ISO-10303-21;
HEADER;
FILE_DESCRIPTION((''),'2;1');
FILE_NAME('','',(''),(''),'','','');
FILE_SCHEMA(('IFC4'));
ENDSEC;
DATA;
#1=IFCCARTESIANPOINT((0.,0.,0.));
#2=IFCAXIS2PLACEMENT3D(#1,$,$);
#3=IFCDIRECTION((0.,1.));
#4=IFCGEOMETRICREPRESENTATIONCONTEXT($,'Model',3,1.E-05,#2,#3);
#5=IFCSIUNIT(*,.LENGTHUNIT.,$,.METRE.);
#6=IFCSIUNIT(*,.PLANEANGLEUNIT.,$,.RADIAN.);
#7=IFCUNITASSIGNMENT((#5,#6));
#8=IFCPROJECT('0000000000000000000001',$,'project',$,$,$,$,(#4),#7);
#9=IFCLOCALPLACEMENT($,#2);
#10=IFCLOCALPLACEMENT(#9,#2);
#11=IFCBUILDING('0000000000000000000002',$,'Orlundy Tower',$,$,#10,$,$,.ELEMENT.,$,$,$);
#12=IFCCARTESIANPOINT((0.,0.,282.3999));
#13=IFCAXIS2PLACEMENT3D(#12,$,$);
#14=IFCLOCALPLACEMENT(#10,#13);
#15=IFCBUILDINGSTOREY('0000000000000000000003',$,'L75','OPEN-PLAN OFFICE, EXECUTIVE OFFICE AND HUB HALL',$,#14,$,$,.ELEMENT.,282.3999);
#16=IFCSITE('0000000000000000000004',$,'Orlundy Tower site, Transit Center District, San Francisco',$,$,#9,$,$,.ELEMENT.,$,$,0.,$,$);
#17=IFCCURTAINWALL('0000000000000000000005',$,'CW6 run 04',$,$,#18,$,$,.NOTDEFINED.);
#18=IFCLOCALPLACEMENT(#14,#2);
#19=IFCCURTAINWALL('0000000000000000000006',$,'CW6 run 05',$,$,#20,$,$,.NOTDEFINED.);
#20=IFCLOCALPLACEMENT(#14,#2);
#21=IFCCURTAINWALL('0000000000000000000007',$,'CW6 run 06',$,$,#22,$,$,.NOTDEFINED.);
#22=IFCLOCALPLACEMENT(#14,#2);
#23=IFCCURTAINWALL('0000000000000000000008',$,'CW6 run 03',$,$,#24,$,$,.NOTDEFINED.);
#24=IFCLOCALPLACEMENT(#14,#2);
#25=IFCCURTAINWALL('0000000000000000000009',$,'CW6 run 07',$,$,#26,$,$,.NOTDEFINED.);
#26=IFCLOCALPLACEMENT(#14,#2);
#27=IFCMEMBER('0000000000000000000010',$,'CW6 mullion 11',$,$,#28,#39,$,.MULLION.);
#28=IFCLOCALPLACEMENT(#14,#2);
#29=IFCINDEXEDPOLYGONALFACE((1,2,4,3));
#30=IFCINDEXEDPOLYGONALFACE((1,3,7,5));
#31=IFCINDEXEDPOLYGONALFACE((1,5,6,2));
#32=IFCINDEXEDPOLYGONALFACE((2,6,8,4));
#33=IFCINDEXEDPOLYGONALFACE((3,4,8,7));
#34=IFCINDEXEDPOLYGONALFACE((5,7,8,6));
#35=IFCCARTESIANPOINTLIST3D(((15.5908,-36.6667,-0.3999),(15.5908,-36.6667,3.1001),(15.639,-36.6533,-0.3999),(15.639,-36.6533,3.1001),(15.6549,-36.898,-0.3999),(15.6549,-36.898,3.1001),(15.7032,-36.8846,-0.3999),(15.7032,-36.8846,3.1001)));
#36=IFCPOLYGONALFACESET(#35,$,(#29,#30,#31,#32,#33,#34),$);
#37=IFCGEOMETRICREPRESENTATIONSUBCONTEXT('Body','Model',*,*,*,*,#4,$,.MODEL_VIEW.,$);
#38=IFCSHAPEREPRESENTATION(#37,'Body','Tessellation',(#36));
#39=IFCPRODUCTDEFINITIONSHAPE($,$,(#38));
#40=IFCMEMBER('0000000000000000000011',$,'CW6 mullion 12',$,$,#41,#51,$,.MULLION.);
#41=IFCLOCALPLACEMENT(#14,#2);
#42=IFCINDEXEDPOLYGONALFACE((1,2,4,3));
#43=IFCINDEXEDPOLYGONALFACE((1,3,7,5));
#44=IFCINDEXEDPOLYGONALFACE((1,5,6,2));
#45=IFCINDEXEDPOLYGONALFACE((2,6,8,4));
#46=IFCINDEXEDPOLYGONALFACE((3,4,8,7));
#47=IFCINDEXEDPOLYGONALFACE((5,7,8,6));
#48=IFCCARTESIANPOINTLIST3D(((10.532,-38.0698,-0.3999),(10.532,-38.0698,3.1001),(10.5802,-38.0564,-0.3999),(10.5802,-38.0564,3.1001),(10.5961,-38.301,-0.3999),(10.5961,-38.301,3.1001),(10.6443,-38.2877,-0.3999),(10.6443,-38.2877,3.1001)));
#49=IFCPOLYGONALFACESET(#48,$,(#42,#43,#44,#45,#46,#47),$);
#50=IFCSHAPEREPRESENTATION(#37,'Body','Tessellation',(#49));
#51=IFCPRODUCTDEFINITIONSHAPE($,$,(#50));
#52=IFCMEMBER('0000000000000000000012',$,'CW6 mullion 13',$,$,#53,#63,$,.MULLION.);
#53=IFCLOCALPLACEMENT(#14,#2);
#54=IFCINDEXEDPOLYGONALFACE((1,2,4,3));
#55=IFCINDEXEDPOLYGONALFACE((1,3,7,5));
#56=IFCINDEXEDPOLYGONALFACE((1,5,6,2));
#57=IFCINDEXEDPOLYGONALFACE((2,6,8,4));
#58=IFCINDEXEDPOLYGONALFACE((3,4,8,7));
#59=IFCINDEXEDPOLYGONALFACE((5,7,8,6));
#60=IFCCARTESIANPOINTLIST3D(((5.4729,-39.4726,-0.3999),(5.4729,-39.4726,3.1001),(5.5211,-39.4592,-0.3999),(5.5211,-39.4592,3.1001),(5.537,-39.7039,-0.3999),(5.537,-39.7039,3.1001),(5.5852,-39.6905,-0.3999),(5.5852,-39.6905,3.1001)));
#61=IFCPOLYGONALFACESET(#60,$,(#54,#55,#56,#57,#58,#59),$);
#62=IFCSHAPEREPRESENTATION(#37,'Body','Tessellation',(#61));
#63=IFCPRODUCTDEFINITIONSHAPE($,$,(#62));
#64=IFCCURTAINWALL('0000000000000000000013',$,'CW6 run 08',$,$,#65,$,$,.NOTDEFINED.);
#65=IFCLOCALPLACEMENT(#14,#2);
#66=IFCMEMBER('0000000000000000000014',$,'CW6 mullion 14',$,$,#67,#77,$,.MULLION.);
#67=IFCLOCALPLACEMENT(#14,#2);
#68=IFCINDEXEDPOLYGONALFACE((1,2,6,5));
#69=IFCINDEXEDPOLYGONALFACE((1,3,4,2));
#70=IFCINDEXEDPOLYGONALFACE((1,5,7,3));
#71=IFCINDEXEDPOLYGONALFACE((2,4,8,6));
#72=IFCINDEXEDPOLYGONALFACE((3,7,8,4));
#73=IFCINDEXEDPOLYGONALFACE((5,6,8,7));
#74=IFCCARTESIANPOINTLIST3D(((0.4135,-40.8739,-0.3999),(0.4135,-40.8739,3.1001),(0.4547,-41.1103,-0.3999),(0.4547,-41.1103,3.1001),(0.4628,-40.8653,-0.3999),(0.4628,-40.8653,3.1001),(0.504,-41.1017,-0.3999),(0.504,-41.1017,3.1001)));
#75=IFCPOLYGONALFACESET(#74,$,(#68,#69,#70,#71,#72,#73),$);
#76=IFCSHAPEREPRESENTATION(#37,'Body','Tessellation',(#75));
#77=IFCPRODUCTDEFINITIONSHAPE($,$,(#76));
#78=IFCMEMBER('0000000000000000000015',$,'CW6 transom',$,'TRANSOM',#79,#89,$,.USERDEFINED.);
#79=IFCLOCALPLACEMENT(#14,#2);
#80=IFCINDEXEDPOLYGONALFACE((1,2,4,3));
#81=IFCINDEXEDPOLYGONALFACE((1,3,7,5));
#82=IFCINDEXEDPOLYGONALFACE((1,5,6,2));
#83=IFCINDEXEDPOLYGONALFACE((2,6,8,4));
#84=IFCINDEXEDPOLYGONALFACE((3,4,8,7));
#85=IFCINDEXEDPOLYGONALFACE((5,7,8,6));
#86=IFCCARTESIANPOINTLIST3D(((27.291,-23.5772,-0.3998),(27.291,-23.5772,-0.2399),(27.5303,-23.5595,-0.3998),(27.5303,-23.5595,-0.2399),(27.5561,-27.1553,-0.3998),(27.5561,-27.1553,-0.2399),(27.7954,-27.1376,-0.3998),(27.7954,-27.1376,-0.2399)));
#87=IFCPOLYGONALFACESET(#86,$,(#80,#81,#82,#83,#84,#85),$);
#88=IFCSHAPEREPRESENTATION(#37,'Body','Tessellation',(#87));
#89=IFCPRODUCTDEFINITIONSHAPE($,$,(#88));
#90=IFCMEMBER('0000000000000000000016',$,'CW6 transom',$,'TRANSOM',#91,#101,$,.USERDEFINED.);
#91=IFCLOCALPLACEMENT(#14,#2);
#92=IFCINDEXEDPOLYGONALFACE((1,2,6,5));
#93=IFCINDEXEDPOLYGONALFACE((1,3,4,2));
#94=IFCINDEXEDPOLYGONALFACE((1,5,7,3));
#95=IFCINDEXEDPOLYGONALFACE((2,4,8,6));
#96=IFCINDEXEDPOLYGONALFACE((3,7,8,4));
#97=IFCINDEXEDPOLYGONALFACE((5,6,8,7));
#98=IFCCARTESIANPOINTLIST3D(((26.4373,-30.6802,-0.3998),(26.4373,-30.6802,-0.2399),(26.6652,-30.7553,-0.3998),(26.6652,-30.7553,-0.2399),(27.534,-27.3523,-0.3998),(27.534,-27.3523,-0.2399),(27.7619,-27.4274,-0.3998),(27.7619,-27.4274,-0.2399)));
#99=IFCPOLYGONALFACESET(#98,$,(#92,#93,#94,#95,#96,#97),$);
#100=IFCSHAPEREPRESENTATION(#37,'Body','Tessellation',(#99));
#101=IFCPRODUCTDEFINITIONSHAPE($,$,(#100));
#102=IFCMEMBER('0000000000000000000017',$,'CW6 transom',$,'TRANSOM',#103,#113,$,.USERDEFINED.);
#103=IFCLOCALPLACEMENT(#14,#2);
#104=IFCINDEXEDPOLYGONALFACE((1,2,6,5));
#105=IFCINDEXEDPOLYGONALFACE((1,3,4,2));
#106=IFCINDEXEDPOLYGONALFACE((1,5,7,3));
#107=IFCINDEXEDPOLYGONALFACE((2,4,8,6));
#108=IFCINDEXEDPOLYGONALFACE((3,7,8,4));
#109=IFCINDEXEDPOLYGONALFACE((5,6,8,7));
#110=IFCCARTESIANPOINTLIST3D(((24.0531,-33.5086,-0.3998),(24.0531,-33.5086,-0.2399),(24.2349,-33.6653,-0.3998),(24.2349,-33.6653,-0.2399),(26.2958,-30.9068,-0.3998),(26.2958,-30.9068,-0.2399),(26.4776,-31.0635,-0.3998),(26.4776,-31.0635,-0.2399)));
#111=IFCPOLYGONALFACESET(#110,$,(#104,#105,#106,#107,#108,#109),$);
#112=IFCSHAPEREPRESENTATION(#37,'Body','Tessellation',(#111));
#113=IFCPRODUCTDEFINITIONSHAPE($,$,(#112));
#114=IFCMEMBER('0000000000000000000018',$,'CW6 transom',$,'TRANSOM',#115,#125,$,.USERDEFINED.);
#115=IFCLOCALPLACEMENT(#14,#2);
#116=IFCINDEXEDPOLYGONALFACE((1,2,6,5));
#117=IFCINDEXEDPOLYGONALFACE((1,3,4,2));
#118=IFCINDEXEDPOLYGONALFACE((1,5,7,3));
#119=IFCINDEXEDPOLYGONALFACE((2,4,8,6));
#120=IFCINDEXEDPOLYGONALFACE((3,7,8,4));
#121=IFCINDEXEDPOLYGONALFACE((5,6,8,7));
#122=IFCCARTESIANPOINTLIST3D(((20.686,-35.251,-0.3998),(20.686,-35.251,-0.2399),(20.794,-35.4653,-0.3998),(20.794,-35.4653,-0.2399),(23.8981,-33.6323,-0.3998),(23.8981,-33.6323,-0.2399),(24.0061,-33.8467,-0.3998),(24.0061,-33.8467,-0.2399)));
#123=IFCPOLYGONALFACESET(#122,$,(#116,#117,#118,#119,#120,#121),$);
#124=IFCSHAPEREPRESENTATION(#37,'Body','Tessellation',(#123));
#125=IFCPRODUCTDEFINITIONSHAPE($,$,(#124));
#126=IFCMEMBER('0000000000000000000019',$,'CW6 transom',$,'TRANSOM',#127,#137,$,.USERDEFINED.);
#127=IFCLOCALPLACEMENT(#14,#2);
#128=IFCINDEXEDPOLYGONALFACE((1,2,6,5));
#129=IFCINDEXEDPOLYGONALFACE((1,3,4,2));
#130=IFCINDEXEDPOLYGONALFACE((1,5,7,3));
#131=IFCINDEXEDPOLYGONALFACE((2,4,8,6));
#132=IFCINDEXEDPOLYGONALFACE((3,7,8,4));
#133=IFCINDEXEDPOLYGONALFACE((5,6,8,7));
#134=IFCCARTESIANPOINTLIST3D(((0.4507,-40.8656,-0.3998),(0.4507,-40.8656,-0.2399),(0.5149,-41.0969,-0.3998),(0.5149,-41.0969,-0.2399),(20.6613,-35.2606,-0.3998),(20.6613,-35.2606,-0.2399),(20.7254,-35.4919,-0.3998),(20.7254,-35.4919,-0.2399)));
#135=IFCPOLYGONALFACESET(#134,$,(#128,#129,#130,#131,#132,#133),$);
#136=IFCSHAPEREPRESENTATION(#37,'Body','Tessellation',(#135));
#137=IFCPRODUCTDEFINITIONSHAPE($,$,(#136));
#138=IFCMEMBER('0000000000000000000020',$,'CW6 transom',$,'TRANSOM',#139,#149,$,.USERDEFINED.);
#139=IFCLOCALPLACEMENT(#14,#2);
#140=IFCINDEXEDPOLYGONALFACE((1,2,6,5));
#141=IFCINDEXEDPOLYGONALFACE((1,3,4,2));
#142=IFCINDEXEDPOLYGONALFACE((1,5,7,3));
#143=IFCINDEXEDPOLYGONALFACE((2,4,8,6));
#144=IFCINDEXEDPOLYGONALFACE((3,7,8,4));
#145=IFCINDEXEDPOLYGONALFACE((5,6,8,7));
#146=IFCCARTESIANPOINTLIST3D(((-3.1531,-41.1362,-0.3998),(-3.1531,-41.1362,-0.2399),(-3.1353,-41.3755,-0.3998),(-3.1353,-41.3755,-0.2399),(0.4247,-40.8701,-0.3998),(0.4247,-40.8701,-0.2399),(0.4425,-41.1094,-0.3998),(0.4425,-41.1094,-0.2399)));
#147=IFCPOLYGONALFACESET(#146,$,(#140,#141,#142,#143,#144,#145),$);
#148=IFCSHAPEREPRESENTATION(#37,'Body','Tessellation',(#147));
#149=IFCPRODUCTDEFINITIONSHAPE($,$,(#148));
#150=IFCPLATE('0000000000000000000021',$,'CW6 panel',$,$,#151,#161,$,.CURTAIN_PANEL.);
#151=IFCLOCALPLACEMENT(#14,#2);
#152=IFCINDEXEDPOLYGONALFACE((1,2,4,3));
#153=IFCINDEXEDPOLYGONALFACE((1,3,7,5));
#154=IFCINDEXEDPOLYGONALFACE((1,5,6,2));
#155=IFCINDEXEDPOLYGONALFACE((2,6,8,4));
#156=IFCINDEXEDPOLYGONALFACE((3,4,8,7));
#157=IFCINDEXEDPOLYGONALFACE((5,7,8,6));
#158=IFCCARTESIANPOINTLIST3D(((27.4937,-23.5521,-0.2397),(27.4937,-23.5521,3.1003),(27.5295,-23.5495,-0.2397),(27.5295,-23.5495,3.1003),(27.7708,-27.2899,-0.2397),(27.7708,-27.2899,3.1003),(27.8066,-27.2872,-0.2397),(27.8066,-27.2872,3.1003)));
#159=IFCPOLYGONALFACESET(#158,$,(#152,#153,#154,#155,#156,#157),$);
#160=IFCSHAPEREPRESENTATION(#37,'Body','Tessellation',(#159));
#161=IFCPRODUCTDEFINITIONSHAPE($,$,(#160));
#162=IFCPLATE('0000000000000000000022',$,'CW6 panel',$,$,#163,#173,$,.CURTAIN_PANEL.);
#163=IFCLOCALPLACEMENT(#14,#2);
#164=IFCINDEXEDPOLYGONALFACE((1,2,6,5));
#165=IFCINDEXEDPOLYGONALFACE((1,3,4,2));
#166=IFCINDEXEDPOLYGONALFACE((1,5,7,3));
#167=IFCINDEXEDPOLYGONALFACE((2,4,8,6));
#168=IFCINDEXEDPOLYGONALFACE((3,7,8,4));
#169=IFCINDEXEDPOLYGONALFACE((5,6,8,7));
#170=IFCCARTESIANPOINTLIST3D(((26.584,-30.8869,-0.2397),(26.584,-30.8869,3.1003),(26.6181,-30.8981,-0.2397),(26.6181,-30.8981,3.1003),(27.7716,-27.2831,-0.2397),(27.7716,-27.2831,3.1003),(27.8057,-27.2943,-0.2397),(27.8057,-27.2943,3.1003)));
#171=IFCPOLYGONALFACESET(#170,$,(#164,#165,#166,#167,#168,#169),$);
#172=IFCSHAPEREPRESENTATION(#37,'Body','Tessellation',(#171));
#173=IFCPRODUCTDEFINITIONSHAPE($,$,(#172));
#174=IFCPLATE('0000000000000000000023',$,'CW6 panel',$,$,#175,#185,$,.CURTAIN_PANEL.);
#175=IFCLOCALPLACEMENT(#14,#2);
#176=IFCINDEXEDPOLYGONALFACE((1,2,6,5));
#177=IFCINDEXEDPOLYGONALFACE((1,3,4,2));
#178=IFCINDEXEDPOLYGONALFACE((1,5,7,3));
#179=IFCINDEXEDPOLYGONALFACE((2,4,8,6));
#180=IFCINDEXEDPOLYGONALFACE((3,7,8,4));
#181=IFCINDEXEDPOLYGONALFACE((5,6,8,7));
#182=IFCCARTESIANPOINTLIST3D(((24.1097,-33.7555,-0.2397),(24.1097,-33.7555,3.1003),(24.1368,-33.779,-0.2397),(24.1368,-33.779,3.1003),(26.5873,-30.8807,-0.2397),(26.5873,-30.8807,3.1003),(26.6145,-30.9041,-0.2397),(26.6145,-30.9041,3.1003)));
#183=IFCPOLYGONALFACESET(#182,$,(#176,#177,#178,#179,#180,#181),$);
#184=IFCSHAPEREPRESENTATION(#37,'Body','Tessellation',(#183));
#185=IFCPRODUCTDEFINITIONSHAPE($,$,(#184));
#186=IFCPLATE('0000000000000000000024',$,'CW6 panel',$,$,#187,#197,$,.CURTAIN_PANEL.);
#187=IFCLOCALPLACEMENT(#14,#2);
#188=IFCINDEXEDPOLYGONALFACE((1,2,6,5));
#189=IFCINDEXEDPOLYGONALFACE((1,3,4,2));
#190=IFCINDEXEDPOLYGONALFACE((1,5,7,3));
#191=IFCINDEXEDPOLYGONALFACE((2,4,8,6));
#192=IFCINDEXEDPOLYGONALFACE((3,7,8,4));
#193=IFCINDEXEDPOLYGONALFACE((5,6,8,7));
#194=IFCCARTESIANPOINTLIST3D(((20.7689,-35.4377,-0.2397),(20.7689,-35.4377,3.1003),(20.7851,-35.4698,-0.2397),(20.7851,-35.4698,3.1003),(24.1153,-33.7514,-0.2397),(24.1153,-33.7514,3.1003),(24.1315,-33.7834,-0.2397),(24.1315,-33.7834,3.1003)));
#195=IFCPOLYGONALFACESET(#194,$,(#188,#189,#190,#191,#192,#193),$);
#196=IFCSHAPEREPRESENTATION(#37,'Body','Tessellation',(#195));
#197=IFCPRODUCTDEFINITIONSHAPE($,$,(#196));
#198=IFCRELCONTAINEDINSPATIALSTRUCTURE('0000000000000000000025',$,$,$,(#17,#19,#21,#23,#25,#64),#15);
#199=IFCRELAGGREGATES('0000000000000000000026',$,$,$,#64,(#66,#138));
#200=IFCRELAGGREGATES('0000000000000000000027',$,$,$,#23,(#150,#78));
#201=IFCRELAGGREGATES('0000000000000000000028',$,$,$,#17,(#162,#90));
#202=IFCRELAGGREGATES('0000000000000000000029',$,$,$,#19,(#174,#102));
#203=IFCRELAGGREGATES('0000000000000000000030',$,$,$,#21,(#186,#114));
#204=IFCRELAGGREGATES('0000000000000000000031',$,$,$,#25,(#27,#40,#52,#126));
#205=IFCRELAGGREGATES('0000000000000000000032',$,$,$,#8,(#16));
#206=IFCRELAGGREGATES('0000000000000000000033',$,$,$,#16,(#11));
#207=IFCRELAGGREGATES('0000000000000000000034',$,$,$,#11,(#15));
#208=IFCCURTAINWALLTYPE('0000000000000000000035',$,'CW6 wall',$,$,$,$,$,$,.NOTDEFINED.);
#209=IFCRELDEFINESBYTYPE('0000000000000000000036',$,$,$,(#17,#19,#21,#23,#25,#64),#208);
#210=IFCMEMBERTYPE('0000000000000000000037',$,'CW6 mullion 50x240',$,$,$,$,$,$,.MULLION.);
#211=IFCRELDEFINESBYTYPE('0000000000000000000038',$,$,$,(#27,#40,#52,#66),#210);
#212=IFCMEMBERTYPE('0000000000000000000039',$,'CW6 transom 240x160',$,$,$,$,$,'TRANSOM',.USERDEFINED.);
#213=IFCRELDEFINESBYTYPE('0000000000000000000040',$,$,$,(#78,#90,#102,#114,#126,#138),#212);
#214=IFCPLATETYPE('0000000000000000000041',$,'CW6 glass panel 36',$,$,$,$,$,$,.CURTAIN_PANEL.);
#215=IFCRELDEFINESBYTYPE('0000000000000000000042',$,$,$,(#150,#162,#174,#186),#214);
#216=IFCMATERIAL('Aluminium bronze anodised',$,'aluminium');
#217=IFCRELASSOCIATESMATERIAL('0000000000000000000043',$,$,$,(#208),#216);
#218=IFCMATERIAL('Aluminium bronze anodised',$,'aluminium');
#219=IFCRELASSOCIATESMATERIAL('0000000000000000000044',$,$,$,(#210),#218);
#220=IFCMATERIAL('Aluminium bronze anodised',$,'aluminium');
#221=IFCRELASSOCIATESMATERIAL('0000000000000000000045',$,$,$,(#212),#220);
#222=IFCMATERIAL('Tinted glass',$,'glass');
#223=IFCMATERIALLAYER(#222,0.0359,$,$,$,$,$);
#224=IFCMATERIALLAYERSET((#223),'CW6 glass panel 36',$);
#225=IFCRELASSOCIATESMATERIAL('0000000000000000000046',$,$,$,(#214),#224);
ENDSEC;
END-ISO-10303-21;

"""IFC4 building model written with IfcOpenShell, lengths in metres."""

from ifc_helpers import new_model, si_unit, direction, frame, origin, origin_2d, place, context, subcontext, project, spatial, rectangle, extrude, material, layer, layer_set, material_profile, profile_set, type_object, element, aggregate, save


model = new_model("IFC4")

# Units and contexts
model_context = context("Model", 3, precision=1e-05, world=origin(), true_north=direction((0.0, 1.0)))
body_context = subcontext(model_context, "Body", "Model", "MODEL_VIEW")
ifc_project = project(units=[si_unit("LENGTHUNIT", "METRE"), si_unit("PLANEANGLEUNIT", "RADIAN")], contexts=[model_context])

# Site, building, storey
site_placement = place(None, origin())
site = spatial("IfcSite", under=ifc_project, at=site_placement, Name="Orlundy Tower site, Transit Center District, San Francisco", CompositionType="ELEMENT", RefElevation=0.0)
building_placement = place(site_placement, origin())
building = spatial("IfcBuilding", under=site, at=building_placement, Name="Orlundy Tower", CompositionType="ELEMENT")
storey_placement = place(building_placement, frame((0.0, 0.0, 282.3999)))
storey = spatial("IfcBuildingStorey", under=building, at=storey_placement, Name="L75", Description="OPEN-PLAN OFFICE, EXECUTIVE OFFICE AND HUB HALL", CompositionType="ELEMENT", Elevation=282.3999)

# Curtain walls
ifc_material_1 = material(Name="Aluminium bronze anodised", Category="aluminium")
curtain_wall_type = type_object("IfcCurtainWallType", Name="CW6 wall", PredefinedType="NOTDEFINED", material=ifc_material_1)
curtain_wall_1_placement = place(storey_placement, origin())
curtain_wall_1 = element("IfcCurtainWall", 1, at=curtain_wall_1_placement, inside=storey, type_object=curtain_wall_type, Name="CW6 run 04", PredefinedType="NOTDEFINED")
curtain_wall_2_placement = place(storey_placement, origin())
curtain_wall_2 = element("IfcCurtainWall", 2, at=curtain_wall_2_placement, inside=storey, type_object=curtain_wall_type, Name="CW6 run 05", PredefinedType="NOTDEFINED")
curtain_wall_3_placement = place(storey_placement, origin())
curtain_wall_3 = element("IfcCurtainWall", 3, at=curtain_wall_3_placement, inside=storey, type_object=curtain_wall_type, Name="CW6 run 06", PredefinedType="NOTDEFINED")
curtain_wall_4_placement = place(storey_placement, origin())
curtain_wall_4 = element("IfcCurtainWall", 4, at=curtain_wall_4_placement, inside=storey, type_object=curtain_wall_type, Name="CW6 run 03", PredefinedType="NOTDEFINED")
ifc_material_2 = material(Name="Aluminium bronze anodised", Category="aluminium")
ifc_material_profile_1 = material_profile(ifc_material_2, rectangle(XDim=0.24, YDim=0.05, at=origin_2d()), Name="CW6 mullion 50x240")
ifc_profile_set_1 = profile_set([ifc_material_profile_1], Name="Aluminium bronze anodised")
member_type_1 = type_object("IfcMemberType", Name="CW6 mullion 50x240", PredefinedType="MULLION", material=ifc_profile_set_1)

# Curtain wall, members
curtain_wall_5_placement = place(storey_placement, origin())
curtain_wall_5 = element("IfcCurtainWall", 5, at=curtain_wall_5_placement, inside=storey, type_object=curtain_wall_type, Name="CW6 run 07", PredefinedType="NOTDEFINED")
member_1_placement = place(storey_placement, frame((15.647, -36.7756, -0.3999), z_axis=(0.0, 0.0, 1.0), x_axis=(0.267241, -0.96363, 0.0)))
member_1 = element("IfcMember", 6, at=member_1_placement, type_object=member_type_1, Name="CW6 mullion 11", PredefinedType="MULLION", context=body_context, shape_type="SweptSolid", body=[
    extrude(rectangle(XDim=0.24, YDim=0.05, at=origin_2d()), origin(), (0.0, 0.0, 1.0), 3.5),
])
member_2_placement = place(storey_placement, frame((10.5881, -38.1787, -0.3999), z_axis=(0.0, 0.0, 1.0), x_axis=(0.267241, -0.96363, 0.0)))
member_2 = element("IfcMember", 7, at=member_2_placement, type_object=member_type_1, Name="CW6 mullion 12", PredefinedType="MULLION", context=body_context, shape_type="SweptSolid", body=[
    extrude(rectangle(XDim=0.24, YDim=0.05, at=origin_2d()), origin(), (0.0, 0.0, 1.0), 3.5),
])
member_3_placement = place(storey_placement, frame((5.5291, -39.5815, -0.3999), z_axis=(0.0, 0.0, 1.0), x_axis=(0.267241, -0.96363, 0.0)))
member_3 = element("IfcMember", 8, at=member_3_placement, type_object=member_type_1, Name="CW6 mullion 13", PredefinedType="MULLION", context=body_context, shape_type="SweptSolid", body=[
    extrude(rectangle(XDim=0.24, YDim=0.05, at=origin_2d()), origin(), (0.0, 0.0, 1.0), 3.5),
])

# Curtain wall, member
curtain_wall_6_placement = place(storey_placement, origin())
curtain_wall_6 = element("IfcCurtainWall", 9, at=curtain_wall_6_placement, inside=storey, type_object=curtain_wall_type, Name="CW6 run 08", PredefinedType="NOTDEFINED")
member_4_placement = place(storey_placement, frame((0.4587, -40.9878, -0.3999), z_axis=(0.0, 0.0, 1.0), x_axis=(0.171536, -0.985178, 0.0)))
member_4 = element("IfcMember", 10, at=member_4_placement, type_object=member_type_1, Name="CW6 mullion 14", PredefinedType="MULLION", context=body_context, shape_type="SweptSolid", body=[
    extrude(rectangle(XDim=0.24, YDim=0.05, at=origin_2d()), origin(), (0.0, 0.0, 1.0), 3.5),
])

# Members
ifc_material_3 = material(Name="Aluminium bronze anodised", Category="aluminium")
ifc_material_profile_2 = material_profile(ifc_material_3, rectangle(XDim=0.24, YDim=0.1599, at=origin_2d()), Name="CW6 transom 240x160")
ifc_profile_set_2 = profile_set([ifc_material_profile_2], Name="Aluminium bronze anodised")
member_type_2 = type_object("IfcMemberType", Name="CW6 transom 240x160", ElementType="TRANSOM", PredefinedType="USERDEFINED", material=ifc_profile_set_2)
member_5_placement = place(storey_placement, frame((27.4106, -23.5684, -0.3198), z_axis=(0.073897, -0.997266, 0.0), x_axis=(0.997266, 0.073897, 0.0)))
member_5 = element("IfcMember", 11, at=member_5_placement, type_object=member_type_2, Name="CW6 transom", ObjectType="TRANSOM", PredefinedType="USERDEFINED", context=body_context, shape_type="SweptSolid", body=[
    extrude(rectangle(XDim=0.24, YDim=0.1599, at=origin_2d()), origin(), (0.0, 0.0, 1.0), 3.5879),
])
member_6_placement = place(storey_placement, frame((27.6479, -27.3899, -0.3198), z_axis=(-0.312986, -0.949758, 0.0), x_axis=(0.949758, -0.312986, 0.0)))
member_6 = element("IfcMember", 12, at=member_6_placement, type_object=member_type_2, Name="CW6 transom", ObjectType="TRANSOM", PredefinedType="USERDEFINED", context=body_context, shape_type="SweptSolid", body=[
    extrude(rectangle(XDim=0.24, YDim=0.1599, at=origin_2d()), origin(), (0.0, 0.0, 1.0), 3.5039),
])
member_7_placement = place(storey_placement, frame((26.3867, -30.9851, -0.3198), z_axis=(-0.652896, -0.757448, 0.0), x_axis=(0.757448, -0.652896, 0.0)))
member_7 = element("IfcMember", 13, at=member_7_placement, type_object=member_type_2, Name="CW6 transom", ObjectType="TRANSOM", PredefinedType="USERDEFINED", context=body_context, shape_type="SweptSolid", body=[
    extrude(rectangle(XDim=0.24, YDim=0.1599, at=origin_2d()), origin(), (0.0, 0.0, 1.0), 3.4351),
])
member_8_placement = place(storey_placement, frame((23.9521, -33.7395, -0.3198), z_axis=(-0.893025, -0.450008, 0.0), x_axis=(0.450008, -0.893025, 0.0)))
member_8 = element("IfcMember", 14, at=member_8_placement, type_object=member_type_2, Name="CW6 transom", ObjectType="TRANSOM", PredefinedType="USERDEFINED", context=body_context, shape_type="SweptSolid", body=[
    extrude(rectangle(XDim=0.24, YDim=0.1599, at=origin_2d()), origin(), (0.0, 0.0, 1.0), 3.5969),
])
member_9_placement = place(storey_placement, frame((20.6934, -35.3762, -0.3198), z_axis=(-0.963629, -0.267244, 0.0), x_axis=(0.267244, -0.963629, 0.0)))
member_9 = element("IfcMember", 15, at=member_9_placement, type_object=member_type_2, Name="CW6 transom", ObjectType="TRANSOM", PredefinedType="USERDEFINED", context=body_context, shape_type="SweptSolid", body=[
    extrude(rectangle(XDim=0.24, YDim=0.1599, at=origin_2d()), origin(), (0.0, 0.0, 1.0), 20.9734),
])
member_10_placement = place(storey_placement, frame((0.4336, -40.9897, -0.3198), z_axis=(-0.997245, -0.074172, 0.0), x_axis=(0.074172, -0.997245, 0.0)))
member_10 = element("IfcMember", 16, at=member_10_placement, type_object=member_type_2, Name="CW6 transom", ObjectType="TRANSOM", PredefinedType="USERDEFINED", context=body_context, shape_type="SweptSolid", body=[
    extrude(rectangle(XDim=0.24, YDim=0.1599, at=origin_2d()), origin(), (0.0, 0.0, 1.0), 3.5876),
])
aggregate(curtain_wall_6, [member_4, member_10])

# Plates
ifc_material_4 = material(Name="Tinted glass", Category="glass")
ifc_layer_1 = layer(ifc_material_4, 0.0359)
ifc_layer_set_1 = layer_set([ifc_layer_1], Name="CW6 glass panel 36")
plate_type = type_object("IfcPlateType", Name="CW6 glass panel 36", PredefinedType="CURTAIN_PANEL", material=ifc_layer_set_1)
plate_1_placement = place(storey_placement, frame((27.6501, -25.4197, -0.2397), z_axis=(0.0, 0.0, 1.0), x_axis=(0.073911, -0.997265, 0.0)))
plate_1 = element("IfcPlate", 17, at=plate_1_placement, type_object=plate_type, Name="CW6 panel", PredefinedType="CURTAIN_PANEL", context=body_context, shape_type="SweptSolid", body=[
    extrude(rectangle(XDim=3.748, YDim=0.0359, at=origin_2d()), origin(), (0.0, 0.0, 1.0), 3.3401),
])
aggregate(curtain_wall_4, [plate_1, member_5])
plate_2_placement = place(storey_placement, frame((27.1948, -29.0906, -0.2397), z_axis=(0.0, 0.0, 1.0), x_axis=(-0.312988, -0.949757, 0.0)))
plate_2 = element("IfcPlate", 18, at=plate_2_placement, type_object=plate_type, Name="CW6 panel", PredefinedType="CURTAIN_PANEL", context=body_context, shape_type="SweptSolid", body=[
    extrude(rectangle(XDim=3.7944, YDim=0.0359, at=origin_2d()), origin(), (0.0, 0.0, 1.0), 3.3401),
])
aggregate(curtain_wall_1, [plate_2, member_6])
plate_3_placement = place(storey_placement, frame((25.3621, -32.3298, -0.2397), z_axis=(0.0, 0.0, 1.0), x_axis=(-0.652833, -0.757502, 0.0)))
plate_3 = element("IfcPlate", 19, at=plate_3_placement, type_object=plate_type, Name="CW6 panel", PredefinedType="CURTAIN_PANEL", context=body_context, shape_type="SweptSolid", body=[
    extrude(rectangle(XDim=3.7952, YDim=0.0359, at=origin_2d()), origin(), (0.0, 0.0, 1.0), 3.3401),
])
aggregate(curtain_wall_2, [plate_3, member_7])
plate_4_placement = place(storey_placement, frame((22.4502, -34.6106, -0.2397), z_axis=(0.0, 0.0, 1.0), x_axis=(-0.89302, -0.450017, 0.0)))
plate_4 = element("IfcPlate", 20, at=plate_4_placement, type_object=plate_type, Name="CW6 panel", PredefinedType="CURTAIN_PANEL", context=body_context, shape_type="SweptSolid", body=[
    extrude(rectangle(XDim=3.7473, YDim=0.0359, at=origin_2d()), origin(), (0.0, 0.0, 1.0), 3.3401),
])
aggregate(curtain_wall_3, [plate_4, member_8])
aggregate(curtain_wall_5, [member_1, member_2, member_3, member_9])

save(model, "model.ifc")
